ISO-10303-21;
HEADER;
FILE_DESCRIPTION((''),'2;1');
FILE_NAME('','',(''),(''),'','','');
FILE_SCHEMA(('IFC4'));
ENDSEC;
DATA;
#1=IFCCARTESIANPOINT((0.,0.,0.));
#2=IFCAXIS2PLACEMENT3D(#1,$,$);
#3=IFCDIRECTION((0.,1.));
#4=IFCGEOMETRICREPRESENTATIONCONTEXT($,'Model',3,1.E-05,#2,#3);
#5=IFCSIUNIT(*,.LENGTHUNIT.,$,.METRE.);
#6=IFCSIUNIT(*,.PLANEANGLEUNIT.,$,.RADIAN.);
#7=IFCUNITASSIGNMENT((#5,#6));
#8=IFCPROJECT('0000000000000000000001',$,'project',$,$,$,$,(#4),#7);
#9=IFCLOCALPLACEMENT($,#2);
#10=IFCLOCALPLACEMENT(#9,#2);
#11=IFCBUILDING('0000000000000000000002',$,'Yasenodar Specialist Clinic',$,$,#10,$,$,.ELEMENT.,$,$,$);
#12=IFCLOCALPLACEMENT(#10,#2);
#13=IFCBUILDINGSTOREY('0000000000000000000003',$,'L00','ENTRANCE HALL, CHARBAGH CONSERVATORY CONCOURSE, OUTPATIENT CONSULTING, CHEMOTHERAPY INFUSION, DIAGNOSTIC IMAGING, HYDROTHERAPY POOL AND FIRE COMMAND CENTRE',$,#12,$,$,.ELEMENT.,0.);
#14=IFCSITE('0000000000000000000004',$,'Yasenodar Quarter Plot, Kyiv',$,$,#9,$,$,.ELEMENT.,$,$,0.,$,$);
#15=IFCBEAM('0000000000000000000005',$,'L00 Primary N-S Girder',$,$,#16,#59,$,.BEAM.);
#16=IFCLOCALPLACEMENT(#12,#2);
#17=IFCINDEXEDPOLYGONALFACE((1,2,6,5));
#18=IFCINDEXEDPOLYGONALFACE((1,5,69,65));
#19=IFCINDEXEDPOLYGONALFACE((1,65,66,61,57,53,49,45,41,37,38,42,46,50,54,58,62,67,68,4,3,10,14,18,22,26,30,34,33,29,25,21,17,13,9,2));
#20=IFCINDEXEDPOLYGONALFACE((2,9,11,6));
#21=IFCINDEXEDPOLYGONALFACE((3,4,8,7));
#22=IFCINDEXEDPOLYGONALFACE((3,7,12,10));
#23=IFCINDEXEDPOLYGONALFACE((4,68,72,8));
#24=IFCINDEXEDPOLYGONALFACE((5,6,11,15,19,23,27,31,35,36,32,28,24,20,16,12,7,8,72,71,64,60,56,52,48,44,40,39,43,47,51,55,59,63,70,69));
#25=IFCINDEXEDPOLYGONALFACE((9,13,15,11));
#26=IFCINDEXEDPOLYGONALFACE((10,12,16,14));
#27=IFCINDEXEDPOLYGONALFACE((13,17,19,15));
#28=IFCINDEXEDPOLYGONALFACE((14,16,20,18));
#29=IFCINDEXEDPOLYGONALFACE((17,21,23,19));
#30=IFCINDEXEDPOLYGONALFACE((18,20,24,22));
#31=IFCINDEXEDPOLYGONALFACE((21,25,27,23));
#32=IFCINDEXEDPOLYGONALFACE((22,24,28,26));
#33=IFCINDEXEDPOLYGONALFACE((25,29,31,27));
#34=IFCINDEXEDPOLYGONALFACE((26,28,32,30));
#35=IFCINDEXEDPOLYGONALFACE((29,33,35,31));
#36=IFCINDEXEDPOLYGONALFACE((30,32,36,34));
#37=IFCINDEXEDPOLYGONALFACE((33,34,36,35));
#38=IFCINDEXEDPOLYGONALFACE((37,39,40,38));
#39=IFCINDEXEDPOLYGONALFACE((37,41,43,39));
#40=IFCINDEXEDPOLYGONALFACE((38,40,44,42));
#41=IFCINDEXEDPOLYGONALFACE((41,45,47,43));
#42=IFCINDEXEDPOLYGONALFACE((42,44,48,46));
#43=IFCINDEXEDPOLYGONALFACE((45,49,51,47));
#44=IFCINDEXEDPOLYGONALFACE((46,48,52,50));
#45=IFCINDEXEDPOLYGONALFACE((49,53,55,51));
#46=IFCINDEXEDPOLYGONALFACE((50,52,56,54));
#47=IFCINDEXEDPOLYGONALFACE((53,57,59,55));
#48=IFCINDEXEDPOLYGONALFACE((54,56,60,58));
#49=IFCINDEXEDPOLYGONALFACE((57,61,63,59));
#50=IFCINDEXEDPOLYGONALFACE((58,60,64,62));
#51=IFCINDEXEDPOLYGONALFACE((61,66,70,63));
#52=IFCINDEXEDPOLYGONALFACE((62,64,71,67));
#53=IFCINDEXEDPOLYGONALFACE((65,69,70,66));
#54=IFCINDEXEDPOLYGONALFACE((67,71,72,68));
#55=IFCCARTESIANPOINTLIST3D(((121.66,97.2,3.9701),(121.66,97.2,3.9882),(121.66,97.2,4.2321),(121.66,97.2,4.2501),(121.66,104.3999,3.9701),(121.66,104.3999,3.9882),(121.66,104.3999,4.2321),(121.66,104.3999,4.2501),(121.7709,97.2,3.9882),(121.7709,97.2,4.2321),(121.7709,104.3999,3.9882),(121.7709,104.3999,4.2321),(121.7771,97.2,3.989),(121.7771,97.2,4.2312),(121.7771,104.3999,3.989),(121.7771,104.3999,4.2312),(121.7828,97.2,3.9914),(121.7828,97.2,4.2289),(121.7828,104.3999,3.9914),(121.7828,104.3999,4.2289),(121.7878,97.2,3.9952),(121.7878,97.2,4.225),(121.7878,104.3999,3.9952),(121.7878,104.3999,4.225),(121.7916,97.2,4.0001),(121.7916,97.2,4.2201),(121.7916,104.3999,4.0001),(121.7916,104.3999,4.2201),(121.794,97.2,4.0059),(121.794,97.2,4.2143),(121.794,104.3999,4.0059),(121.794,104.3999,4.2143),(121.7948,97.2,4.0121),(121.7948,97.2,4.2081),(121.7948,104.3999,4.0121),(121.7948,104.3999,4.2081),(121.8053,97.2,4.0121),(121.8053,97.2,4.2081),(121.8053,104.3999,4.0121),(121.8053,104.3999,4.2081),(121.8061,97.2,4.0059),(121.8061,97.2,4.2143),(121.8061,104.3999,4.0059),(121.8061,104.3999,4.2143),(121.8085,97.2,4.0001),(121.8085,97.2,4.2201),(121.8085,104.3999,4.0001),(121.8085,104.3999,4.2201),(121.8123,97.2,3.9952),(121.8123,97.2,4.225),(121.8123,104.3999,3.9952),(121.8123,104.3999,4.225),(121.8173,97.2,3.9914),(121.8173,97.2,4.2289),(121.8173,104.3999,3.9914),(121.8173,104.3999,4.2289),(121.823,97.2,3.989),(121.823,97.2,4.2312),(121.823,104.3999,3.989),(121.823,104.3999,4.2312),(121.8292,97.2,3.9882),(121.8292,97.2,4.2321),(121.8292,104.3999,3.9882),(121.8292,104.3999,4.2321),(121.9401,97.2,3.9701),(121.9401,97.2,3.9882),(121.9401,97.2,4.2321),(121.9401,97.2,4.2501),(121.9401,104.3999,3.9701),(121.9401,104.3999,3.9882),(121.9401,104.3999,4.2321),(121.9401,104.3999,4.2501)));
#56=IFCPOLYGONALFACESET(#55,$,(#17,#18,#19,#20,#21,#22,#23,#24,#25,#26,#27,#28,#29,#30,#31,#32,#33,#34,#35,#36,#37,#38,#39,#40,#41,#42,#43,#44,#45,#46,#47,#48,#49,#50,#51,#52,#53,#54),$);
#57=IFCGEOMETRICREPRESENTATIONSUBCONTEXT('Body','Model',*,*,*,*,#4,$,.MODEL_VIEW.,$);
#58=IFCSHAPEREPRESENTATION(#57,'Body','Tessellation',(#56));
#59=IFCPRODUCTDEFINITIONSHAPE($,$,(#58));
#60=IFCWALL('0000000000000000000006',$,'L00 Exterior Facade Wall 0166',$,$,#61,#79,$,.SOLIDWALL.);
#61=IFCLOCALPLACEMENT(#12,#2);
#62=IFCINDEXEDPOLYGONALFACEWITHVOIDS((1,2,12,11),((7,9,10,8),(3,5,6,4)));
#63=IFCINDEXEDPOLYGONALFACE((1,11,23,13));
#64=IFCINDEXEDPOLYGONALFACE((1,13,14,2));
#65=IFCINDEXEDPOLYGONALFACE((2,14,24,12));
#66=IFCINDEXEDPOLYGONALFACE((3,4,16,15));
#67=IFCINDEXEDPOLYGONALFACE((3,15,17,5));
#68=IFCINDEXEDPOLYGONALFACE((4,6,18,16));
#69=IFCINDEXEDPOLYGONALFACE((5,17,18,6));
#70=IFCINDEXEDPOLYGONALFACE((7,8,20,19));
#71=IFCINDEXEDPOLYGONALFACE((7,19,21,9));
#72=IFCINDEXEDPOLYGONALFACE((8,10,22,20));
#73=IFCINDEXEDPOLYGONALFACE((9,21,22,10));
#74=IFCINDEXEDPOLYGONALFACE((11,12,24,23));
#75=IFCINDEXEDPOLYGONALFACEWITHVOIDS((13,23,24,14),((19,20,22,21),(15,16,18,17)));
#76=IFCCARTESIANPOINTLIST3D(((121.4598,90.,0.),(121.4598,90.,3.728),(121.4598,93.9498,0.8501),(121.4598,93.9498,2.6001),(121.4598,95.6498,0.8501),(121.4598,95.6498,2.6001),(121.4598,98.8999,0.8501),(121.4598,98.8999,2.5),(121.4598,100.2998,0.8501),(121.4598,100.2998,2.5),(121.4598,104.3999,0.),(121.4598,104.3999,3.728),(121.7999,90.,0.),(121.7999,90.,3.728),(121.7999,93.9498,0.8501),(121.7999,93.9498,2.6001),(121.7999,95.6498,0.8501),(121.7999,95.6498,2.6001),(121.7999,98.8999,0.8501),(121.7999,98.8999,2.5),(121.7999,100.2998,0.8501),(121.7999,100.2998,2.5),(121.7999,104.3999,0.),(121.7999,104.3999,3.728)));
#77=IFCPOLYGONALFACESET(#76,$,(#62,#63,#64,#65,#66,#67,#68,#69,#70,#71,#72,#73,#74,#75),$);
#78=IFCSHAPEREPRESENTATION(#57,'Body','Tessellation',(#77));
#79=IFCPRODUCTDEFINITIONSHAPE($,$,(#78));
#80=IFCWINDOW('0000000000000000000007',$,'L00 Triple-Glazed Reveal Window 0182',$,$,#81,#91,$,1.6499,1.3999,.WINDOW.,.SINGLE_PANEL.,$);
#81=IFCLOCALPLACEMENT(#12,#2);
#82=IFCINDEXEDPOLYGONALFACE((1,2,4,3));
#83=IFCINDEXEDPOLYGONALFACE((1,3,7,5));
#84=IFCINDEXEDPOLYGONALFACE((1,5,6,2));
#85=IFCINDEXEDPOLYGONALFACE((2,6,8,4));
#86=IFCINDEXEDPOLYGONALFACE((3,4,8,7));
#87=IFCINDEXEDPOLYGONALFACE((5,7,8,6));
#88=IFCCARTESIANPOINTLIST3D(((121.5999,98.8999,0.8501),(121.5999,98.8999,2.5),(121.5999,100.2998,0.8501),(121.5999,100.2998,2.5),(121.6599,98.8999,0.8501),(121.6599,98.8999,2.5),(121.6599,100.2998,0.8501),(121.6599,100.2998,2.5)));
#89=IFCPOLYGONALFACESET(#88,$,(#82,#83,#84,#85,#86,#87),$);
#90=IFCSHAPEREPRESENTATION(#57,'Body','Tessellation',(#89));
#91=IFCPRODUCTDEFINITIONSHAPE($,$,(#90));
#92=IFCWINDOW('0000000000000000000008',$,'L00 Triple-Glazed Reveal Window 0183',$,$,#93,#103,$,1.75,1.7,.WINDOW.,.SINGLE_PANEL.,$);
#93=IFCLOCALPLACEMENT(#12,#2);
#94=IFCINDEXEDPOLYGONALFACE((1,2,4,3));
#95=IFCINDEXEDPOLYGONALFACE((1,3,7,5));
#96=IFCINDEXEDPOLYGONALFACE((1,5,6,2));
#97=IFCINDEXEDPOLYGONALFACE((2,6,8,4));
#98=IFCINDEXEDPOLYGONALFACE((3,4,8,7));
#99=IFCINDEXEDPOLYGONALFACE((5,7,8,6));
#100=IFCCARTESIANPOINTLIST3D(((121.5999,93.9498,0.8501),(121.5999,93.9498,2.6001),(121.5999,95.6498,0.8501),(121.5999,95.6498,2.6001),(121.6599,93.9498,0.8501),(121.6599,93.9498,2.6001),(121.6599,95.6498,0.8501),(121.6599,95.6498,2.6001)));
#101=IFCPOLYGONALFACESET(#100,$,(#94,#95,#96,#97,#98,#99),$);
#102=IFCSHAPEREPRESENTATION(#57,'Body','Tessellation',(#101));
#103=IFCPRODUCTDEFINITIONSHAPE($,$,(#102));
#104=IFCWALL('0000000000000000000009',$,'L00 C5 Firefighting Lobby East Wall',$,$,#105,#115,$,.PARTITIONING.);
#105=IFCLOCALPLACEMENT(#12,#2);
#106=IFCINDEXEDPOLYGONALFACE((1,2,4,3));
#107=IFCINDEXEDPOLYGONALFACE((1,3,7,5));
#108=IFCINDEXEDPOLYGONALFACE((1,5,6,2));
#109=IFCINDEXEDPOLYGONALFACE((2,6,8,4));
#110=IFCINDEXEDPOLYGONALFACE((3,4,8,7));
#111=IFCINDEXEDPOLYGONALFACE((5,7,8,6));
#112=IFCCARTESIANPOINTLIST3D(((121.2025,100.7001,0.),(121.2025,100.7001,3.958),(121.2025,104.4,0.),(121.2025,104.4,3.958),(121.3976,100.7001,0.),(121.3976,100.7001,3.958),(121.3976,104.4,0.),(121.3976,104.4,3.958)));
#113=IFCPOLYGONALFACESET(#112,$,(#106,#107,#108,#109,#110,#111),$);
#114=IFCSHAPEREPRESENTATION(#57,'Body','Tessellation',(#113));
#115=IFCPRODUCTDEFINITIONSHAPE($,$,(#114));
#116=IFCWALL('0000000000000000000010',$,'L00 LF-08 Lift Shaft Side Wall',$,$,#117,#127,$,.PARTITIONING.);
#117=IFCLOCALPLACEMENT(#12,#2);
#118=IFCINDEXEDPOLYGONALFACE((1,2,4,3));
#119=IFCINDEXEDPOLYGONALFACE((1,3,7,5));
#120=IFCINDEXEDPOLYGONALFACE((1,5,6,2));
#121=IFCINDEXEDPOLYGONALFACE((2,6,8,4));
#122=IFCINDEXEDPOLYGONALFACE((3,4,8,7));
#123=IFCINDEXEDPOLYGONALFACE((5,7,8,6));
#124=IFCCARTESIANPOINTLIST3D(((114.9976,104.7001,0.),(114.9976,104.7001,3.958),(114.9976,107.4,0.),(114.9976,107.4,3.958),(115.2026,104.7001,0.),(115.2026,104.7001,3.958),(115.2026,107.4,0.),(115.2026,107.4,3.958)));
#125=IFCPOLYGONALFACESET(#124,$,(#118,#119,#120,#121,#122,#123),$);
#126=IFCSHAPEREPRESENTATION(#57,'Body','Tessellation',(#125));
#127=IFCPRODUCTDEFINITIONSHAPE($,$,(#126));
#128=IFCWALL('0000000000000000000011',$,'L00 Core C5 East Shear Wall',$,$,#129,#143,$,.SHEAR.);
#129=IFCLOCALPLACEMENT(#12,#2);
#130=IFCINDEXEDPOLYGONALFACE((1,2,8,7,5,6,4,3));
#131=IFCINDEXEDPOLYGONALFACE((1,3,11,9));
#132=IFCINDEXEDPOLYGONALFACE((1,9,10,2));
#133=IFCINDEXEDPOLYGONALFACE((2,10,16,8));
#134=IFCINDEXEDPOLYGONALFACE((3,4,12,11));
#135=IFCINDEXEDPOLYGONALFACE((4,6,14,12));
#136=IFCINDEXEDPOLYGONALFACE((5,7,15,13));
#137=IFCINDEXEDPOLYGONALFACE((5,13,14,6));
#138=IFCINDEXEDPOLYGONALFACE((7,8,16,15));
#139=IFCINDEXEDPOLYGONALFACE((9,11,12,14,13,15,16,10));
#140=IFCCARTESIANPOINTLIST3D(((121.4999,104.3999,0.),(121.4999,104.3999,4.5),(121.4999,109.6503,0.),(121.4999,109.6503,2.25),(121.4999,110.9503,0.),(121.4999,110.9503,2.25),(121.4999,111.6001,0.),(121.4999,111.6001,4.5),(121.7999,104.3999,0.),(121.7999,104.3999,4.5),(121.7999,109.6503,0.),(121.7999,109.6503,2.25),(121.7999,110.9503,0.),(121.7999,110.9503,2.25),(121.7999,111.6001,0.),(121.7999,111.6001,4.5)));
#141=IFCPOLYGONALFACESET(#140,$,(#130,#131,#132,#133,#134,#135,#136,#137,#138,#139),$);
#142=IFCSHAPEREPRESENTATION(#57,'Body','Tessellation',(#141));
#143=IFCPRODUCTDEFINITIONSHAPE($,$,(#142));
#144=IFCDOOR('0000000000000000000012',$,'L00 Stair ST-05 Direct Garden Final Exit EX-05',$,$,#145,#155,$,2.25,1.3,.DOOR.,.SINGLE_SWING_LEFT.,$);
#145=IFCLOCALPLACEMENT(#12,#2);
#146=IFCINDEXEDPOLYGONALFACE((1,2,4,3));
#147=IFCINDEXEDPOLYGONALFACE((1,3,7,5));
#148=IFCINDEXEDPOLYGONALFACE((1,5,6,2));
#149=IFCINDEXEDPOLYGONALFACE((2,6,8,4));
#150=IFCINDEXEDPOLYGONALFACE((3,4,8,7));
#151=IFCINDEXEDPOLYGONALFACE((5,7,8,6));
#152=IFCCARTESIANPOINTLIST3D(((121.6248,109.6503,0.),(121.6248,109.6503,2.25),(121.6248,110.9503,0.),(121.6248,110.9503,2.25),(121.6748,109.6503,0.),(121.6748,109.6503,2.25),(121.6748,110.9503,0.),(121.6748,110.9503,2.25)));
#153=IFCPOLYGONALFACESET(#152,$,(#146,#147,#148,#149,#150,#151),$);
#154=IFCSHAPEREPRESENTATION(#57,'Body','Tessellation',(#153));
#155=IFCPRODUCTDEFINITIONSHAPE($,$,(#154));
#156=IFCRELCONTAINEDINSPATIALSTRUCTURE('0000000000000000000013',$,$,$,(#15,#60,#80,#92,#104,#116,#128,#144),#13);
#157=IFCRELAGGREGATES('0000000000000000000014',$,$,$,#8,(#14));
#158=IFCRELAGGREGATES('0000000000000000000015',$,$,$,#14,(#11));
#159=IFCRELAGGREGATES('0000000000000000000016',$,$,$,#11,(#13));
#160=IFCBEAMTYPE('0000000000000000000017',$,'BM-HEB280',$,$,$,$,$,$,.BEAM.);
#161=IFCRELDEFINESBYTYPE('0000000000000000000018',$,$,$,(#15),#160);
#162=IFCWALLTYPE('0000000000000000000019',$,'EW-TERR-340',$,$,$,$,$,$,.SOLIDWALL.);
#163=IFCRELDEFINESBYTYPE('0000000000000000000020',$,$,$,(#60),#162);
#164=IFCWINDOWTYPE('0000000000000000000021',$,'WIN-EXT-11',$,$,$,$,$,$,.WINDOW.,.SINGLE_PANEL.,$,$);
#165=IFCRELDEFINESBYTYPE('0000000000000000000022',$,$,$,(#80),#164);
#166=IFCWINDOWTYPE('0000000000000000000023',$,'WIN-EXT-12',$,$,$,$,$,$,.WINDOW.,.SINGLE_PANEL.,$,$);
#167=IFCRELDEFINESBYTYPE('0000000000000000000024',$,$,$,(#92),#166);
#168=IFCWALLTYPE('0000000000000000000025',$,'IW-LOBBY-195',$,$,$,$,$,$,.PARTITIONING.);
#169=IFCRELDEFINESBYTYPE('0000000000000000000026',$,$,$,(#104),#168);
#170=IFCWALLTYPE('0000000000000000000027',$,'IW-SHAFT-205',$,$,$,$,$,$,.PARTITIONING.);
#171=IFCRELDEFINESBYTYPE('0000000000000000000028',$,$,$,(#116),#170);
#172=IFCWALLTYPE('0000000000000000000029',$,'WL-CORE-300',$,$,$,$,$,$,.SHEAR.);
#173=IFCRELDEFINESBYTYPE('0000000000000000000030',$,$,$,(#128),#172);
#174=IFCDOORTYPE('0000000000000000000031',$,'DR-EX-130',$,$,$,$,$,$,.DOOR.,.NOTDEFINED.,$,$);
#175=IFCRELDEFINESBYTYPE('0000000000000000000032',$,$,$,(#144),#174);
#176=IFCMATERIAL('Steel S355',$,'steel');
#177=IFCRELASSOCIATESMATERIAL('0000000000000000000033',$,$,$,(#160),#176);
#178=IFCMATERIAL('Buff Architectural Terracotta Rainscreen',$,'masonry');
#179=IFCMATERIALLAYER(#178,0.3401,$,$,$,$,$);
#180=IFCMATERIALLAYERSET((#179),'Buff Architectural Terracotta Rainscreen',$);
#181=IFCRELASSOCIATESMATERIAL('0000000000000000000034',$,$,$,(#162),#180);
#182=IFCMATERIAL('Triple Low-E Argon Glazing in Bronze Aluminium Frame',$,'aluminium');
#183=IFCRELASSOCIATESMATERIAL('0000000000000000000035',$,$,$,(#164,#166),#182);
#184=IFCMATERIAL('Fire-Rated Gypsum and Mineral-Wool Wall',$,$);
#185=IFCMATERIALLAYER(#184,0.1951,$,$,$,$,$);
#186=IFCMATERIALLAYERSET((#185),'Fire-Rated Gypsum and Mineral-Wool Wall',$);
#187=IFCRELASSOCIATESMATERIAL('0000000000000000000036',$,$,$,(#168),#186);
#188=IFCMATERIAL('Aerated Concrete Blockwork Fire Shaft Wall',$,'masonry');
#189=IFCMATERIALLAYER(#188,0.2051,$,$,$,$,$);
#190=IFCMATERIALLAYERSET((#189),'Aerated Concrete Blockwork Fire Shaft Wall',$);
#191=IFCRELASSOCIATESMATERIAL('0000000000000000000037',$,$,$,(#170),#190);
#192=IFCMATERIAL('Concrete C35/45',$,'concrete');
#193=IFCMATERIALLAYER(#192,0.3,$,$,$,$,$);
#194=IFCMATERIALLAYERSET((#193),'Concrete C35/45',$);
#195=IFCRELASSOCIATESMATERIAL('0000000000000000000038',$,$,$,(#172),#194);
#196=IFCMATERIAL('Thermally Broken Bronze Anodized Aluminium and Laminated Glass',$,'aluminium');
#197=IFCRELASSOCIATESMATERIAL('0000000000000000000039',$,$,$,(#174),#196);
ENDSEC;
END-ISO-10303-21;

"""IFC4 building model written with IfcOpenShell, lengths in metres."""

from ifc_helpers import new_model, si_unit, direction, frame, frame_2d, origin, origin_2d, place, context, subcontext, project, spatial, rectangle, i_section, extrude, material, layer, layer_set, material_profile, profile_set, type_object, element, fill, save


model = new_model("IFC4")

# Units and contexts
model_context = context("Model", 3, precision=1e-05, world=origin(), true_north=direction((0.0, 1.0)))
body_context = subcontext(model_context, "Body", "Model", "MODEL_VIEW")
ifc_project = project(units=[si_unit("LENGTHUNIT", "METRE"), si_unit("PLANEANGLEUNIT", "RADIAN")], contexts=[model_context])

# Site, building, storey
site_placement = place(None, origin())
site = spatial("IfcSite", under=ifc_project, at=site_placement, Name="Yasenodar Quarter Plot, Kyiv", CompositionType="ELEMENT", RefElevation=0.0)
building_placement = place(site_placement, origin())
building = spatial("IfcBuilding", under=site, at=building_placement, Name="Yasenodar Specialist Clinic", CompositionType="ELEMENT")
storey_placement = place(building_placement, origin())
storey = spatial("IfcBuildingStorey", under=building, at=storey_placement, Name="L00", Description="ENTRANCE HALL, CHARBAGH CONSERVATORY CONCOURSE, OUTPATIENT CONSULTING, CHEMOTHERAPY INFUSION, DIAGNOSTIC IMAGING, HYDROTHERAPY POOL AND FIRE COMMAND CENTRE", CompositionType="ELEMENT", Elevation=0.0)

# Shared definitions
ifc_material_1 = material(Name="Concrete C35/45", Category="concrete")

# Shared definitions
ifc_material_2 = material(Name="Steel S355", Category="steel")

# Beam
ifc_material_profile_1 = material_profile(ifc_material_2, i_section(OverallWidth=0.28, OverallDepth=0.28, WebThickness=0.0105, FlangeThickness=0.0181, FilletRadius=0.0239, at=origin_2d()), Name="HEB 280")
ifc_profile_set_1 = profile_set([ifc_material_profile_1], Name="Steel S355")
beam_type_1 = type_object("IfcBeamType", Name="BM-HEB280", PredefinedType="BEAM", material=ifc_profile_set_1)
beam_1_placement = place(storey_placement, frame((121.8, 97.2, 4.1101), z_axis=(0.0, 1.0, 0.0), x_axis=(-1.0, 0.0, 0.0)))
element("IfcBeam", 1, at=beam_1_placement, inside=storey, type_object=beam_type_1, Name="L00 Primary N-S Girder", PredefinedType="BEAM", context=body_context, shape_type="SweptSolid", body=[
    extrude(i_section(OverallWidth=0.28, OverallDepth=0.28, WebThickness=0.0105, FlangeThickness=0.0181, FilletRadius=0.0239, at=origin_2d()), origin(), (0.0, 0.0, 1.0), 7.2),
])

# Wall, openings, windows
ifc_material_3 = material(Name="Buff Architectural Terracotta Rainscreen", Category="masonry")
ifc_layer_1 = layer(ifc_material_3, 0.3401)
ifc_layer_set_1 = layer_set([ifc_layer_1], Name="Buff Architectural Terracotta Rainscreen")
wall_type_1 = type_object("IfcWallType", Name="EW-TERR-340", PredefinedType="SOLIDWALL", material=ifc_layer_set_1)
wall_1_placement = place(storey_placement, frame((121.6299, 104.3999, 0.0), z_axis=(0.0, 0.0, 1.0), x_axis=(0.0, -1.0, 0.0)))
wall_1 = element("IfcWall", 2, at=wall_1_placement, inside=storey, type_object=wall_type_1, Name="L00 Exterior Facade Wall 0166", PredefinedType="SOLIDWALL", context=body_context, shape_type="SweptSolid", body=[
    extrude(rectangle(XDim=14.3999, YDim=0.3401, at=frame_2d((7.2, 0.0))), origin(), (0.0, 0.0, 1.0), 3.728),
])
opening_1_placement = place(wall_1_placement, frame((4.1001, 0.0, 0.8501)))
opening_1 = element("IfcOpeningElement", 3, at=opening_1_placement, cuts=wall_1, PredefinedType="OPENING", context=body_context, shape_type="SweptSolid", body=[
    extrude(rectangle(XDim=1.3999, YDim=1.6499, at=frame_2d((0.7, 0.825))), frame((0.0, 0.1802, 0.0), z_axis=(0.0, -1.0, 0.0), x_axis=(1.0, 0.0, 0.0)), (0.0, 0.0, 1.0), 0.3601),
])
opening_2_placement = place(wall_1_placement, frame((8.75, 0.0, 0.8501)))
opening_2 = element("IfcOpeningElement", 4, at=opening_2_placement, cuts=wall_1, PredefinedType="OPENING", context=body_context, shape_type="SweptSolid", body=[
    extrude(rectangle(XDim=1.7, YDim=1.75, at=frame_2d((0.8501, 0.875))), frame((0.0, 0.1802, 0.0), z_axis=(0.0, -1.0, 0.0), x_axis=(1.0, 0.0, 0.0)), (0.0, 0.0, 1.0), 0.3601),
])
ifc_material_4 = material(Name="Triple Low-E Argon Glazing in Bronze Aluminium Frame", Category="aluminium")
window_type_1 = type_object("IfcWindowType", Name="WIN-EXT-11", PartitioningType="SINGLE_PANEL", PredefinedType="WINDOW", material=ifc_material_4)
window_1_placement = place(opening_1_placement, origin())
window_1 = element("IfcWindow", 5, at=window_1_placement, inside=storey, type_object=window_type_1, Name="L00 Triple-Glazed Reveal Window 0182", OverallHeight=1.6499, OverallWidth=1.3999, PartitioningType="SINGLE_PANEL", PredefinedType="WINDOW", context=body_context, shape_type="SweptSolid", body=[
    extrude(rectangle(XDim=1.3999, YDim=1.6499, at=frame_2d((0.7, 0.825))), frame((0.0, 0.03, 0.0), z_axis=(0.0, -1.0, 0.0), x_axis=(1.0, 0.0, 0.0)), (0.0, 0.0, 1.0), 0.0601),
])
fill(opening_1, window_1)
window_type_2 = type_object("IfcWindowType", Name="WIN-EXT-12", PartitioningType="SINGLE_PANEL", PredefinedType="WINDOW", material=ifc_material_4)
window_2_placement = place(opening_2_placement, origin())
window_2 = element("IfcWindow", 6, at=window_2_placement, inside=storey, type_object=window_type_2, Name="L00 Triple-Glazed Reveal Window 0183", OverallHeight=1.75, OverallWidth=1.7, PartitioningType="SINGLE_PANEL", PredefinedType="WINDOW", context=body_context, shape_type="SweptSolid", body=[
    extrude(rectangle(XDim=1.7, YDim=1.75, at=frame_2d((0.8501, 0.875))), frame((0.0, 0.03, 0.0), z_axis=(0.0, -1.0, 0.0), x_axis=(1.0, 0.0, 0.0)), (0.0, 0.0, 1.0), 0.0601),
])
fill(opening_2, window_2)

# Walls
ifc_material_5 = material(Name="Fire-Rated Gypsum and Mineral-Wool Wall")
ifc_layer_2 = layer(ifc_material_5, 0.1951)
ifc_layer_set_2 = layer_set([ifc_layer_2], Name="Fire-Rated Gypsum and Mineral-Wool Wall")
wall_type_2 = type_object("IfcWallType", Name="IW-LOBBY-195", PredefinedType="PARTITIONING", material=ifc_layer_set_2)
wall_2_placement = place(storey_placement, frame((121.3, 100.7, 0.0), z_axis=(0.0, 0.0, 1.0), x_axis=(0.0, 1.0, 0.0)))
element("IfcWall", 7, at=wall_2_placement, inside=storey, type_object=wall_type_2, Name="L00 C5 Firefighting Lobby East Wall", PredefinedType="PARTITIONING", context=body_context, shape_type="SweptSolid", body=[
    extrude(rectangle(XDim=3.7, YDim=0.1951, at=frame_2d((1.8501, 0.0))), origin(), (0.0, 0.0, 1.0), 3.958),
])
ifc_material_6 = material(Name="Aerated Concrete Blockwork Fire Shaft Wall", Category="masonry")
ifc_layer_3 = layer(ifc_material_6, 0.2051)
ifc_layer_set_3 = layer_set([ifc_layer_3], Name="Aerated Concrete Blockwork Fire Shaft Wall")
wall_type_3 = type_object("IfcWallType", Name="IW-SHAFT-205", PredefinedType="PARTITIONING", material=ifc_layer_set_3)
wall_3_placement = place(storey_placement, frame((115.1001, 104.7, 0.0), z_axis=(0.0, 0.0, 1.0), x_axis=(0.0, 1.0, 0.0)))
element("IfcWall", 8, at=wall_3_placement, inside=storey, type_object=wall_type_3, Name="L00 LF-08 Lift Shaft Side Wall", PredefinedType="PARTITIONING", context=body_context, shape_type="SweptSolid", body=[
    extrude(rectangle(XDim=2.7, YDim=0.2051, at=frame_2d((1.3501, 0.0))), origin(), (0.0, 0.0, 1.0), 3.958),
])

# Wall, opening, door
ifc_layer_4 = layer(ifc_material_1, 0.3)
ifc_layer_set_4 = layer_set([ifc_layer_4], Name="Concrete C35/45")
wall_type_4 = type_object("IfcWallType", Name="WL-CORE-300", PredefinedType="SHEAR", material=ifc_layer_set_4)
wall_4_placement = place(storey_placement, frame((121.6499, 111.6001, 0.0), z_axis=(0.0, 0.0, 1.0), x_axis=(0.0, -1.0, 0.0)))
wall_4 = element("IfcWall", 9, at=wall_4_placement, inside=storey, type_object=wall_type_4, Name="L00 Core C5 East Shear Wall", PredefinedType="SHEAR", context=body_context, shape_type="SweptSolid", body=[
    extrude(rectangle(XDim=7.2002, YDim=0.3, at=frame_2d((3.6001, 0.0))), origin(), (0.0, 0.0, 1.0), 4.5),
])
opening_3_placement = place(wall_4_placement, frame((0.6499, 0.0, 0.0)))
opening_3 = element("IfcOpeningElement", 10, at=opening_3_placement, cuts=wall_4, PredefinedType="OPENING", context=body_context, shape_type="SweptSolid", body=[
    extrude(rectangle(XDim=1.3, YDim=2.25, at=frame_2d((0.6499, 1.125))), frame((0.0, 0.1602, 0.0), z_axis=(0.0, -1.0, 0.0), x_axis=(1.0, 0.0, 0.0)), (0.0, 0.0, 1.0), 0.3201),
])
ifc_material_7 = material(Name="Thermally Broken Bronze Anodized Aluminium and Laminated Glass", Category="aluminium")
door_type = type_object("IfcDoorType", Name="DR-EX-130", OperationType="NOTDEFINED", PredefinedType="DOOR", material=ifc_material_7)
door_placement = place(opening_3_placement, origin())
door = element("IfcDoor", 11, at=door_placement, inside=storey, type_object=door_type, Name="L00 Stair ST-05 Direct Garden Final Exit EX-05", OperationType="SINGLE_SWING_LEFT", OverallHeight=2.25, OverallWidth=1.3, PredefinedType="DOOR", context=body_context, shape_type="SweptSolid", body=[
    extrude(rectangle(XDim=1.3, YDim=2.25, at=frame_2d((0.6499, 1.125))), frame((0.0, 0.0249, 0.0), z_axis=(0.0, -1.0, 0.0), x_axis=(1.0, 0.0, 0.0)), (0.0, 0.0, 1.0), 0.05),
])
fill(opening_3, door)

save(model, "model.ifc")
